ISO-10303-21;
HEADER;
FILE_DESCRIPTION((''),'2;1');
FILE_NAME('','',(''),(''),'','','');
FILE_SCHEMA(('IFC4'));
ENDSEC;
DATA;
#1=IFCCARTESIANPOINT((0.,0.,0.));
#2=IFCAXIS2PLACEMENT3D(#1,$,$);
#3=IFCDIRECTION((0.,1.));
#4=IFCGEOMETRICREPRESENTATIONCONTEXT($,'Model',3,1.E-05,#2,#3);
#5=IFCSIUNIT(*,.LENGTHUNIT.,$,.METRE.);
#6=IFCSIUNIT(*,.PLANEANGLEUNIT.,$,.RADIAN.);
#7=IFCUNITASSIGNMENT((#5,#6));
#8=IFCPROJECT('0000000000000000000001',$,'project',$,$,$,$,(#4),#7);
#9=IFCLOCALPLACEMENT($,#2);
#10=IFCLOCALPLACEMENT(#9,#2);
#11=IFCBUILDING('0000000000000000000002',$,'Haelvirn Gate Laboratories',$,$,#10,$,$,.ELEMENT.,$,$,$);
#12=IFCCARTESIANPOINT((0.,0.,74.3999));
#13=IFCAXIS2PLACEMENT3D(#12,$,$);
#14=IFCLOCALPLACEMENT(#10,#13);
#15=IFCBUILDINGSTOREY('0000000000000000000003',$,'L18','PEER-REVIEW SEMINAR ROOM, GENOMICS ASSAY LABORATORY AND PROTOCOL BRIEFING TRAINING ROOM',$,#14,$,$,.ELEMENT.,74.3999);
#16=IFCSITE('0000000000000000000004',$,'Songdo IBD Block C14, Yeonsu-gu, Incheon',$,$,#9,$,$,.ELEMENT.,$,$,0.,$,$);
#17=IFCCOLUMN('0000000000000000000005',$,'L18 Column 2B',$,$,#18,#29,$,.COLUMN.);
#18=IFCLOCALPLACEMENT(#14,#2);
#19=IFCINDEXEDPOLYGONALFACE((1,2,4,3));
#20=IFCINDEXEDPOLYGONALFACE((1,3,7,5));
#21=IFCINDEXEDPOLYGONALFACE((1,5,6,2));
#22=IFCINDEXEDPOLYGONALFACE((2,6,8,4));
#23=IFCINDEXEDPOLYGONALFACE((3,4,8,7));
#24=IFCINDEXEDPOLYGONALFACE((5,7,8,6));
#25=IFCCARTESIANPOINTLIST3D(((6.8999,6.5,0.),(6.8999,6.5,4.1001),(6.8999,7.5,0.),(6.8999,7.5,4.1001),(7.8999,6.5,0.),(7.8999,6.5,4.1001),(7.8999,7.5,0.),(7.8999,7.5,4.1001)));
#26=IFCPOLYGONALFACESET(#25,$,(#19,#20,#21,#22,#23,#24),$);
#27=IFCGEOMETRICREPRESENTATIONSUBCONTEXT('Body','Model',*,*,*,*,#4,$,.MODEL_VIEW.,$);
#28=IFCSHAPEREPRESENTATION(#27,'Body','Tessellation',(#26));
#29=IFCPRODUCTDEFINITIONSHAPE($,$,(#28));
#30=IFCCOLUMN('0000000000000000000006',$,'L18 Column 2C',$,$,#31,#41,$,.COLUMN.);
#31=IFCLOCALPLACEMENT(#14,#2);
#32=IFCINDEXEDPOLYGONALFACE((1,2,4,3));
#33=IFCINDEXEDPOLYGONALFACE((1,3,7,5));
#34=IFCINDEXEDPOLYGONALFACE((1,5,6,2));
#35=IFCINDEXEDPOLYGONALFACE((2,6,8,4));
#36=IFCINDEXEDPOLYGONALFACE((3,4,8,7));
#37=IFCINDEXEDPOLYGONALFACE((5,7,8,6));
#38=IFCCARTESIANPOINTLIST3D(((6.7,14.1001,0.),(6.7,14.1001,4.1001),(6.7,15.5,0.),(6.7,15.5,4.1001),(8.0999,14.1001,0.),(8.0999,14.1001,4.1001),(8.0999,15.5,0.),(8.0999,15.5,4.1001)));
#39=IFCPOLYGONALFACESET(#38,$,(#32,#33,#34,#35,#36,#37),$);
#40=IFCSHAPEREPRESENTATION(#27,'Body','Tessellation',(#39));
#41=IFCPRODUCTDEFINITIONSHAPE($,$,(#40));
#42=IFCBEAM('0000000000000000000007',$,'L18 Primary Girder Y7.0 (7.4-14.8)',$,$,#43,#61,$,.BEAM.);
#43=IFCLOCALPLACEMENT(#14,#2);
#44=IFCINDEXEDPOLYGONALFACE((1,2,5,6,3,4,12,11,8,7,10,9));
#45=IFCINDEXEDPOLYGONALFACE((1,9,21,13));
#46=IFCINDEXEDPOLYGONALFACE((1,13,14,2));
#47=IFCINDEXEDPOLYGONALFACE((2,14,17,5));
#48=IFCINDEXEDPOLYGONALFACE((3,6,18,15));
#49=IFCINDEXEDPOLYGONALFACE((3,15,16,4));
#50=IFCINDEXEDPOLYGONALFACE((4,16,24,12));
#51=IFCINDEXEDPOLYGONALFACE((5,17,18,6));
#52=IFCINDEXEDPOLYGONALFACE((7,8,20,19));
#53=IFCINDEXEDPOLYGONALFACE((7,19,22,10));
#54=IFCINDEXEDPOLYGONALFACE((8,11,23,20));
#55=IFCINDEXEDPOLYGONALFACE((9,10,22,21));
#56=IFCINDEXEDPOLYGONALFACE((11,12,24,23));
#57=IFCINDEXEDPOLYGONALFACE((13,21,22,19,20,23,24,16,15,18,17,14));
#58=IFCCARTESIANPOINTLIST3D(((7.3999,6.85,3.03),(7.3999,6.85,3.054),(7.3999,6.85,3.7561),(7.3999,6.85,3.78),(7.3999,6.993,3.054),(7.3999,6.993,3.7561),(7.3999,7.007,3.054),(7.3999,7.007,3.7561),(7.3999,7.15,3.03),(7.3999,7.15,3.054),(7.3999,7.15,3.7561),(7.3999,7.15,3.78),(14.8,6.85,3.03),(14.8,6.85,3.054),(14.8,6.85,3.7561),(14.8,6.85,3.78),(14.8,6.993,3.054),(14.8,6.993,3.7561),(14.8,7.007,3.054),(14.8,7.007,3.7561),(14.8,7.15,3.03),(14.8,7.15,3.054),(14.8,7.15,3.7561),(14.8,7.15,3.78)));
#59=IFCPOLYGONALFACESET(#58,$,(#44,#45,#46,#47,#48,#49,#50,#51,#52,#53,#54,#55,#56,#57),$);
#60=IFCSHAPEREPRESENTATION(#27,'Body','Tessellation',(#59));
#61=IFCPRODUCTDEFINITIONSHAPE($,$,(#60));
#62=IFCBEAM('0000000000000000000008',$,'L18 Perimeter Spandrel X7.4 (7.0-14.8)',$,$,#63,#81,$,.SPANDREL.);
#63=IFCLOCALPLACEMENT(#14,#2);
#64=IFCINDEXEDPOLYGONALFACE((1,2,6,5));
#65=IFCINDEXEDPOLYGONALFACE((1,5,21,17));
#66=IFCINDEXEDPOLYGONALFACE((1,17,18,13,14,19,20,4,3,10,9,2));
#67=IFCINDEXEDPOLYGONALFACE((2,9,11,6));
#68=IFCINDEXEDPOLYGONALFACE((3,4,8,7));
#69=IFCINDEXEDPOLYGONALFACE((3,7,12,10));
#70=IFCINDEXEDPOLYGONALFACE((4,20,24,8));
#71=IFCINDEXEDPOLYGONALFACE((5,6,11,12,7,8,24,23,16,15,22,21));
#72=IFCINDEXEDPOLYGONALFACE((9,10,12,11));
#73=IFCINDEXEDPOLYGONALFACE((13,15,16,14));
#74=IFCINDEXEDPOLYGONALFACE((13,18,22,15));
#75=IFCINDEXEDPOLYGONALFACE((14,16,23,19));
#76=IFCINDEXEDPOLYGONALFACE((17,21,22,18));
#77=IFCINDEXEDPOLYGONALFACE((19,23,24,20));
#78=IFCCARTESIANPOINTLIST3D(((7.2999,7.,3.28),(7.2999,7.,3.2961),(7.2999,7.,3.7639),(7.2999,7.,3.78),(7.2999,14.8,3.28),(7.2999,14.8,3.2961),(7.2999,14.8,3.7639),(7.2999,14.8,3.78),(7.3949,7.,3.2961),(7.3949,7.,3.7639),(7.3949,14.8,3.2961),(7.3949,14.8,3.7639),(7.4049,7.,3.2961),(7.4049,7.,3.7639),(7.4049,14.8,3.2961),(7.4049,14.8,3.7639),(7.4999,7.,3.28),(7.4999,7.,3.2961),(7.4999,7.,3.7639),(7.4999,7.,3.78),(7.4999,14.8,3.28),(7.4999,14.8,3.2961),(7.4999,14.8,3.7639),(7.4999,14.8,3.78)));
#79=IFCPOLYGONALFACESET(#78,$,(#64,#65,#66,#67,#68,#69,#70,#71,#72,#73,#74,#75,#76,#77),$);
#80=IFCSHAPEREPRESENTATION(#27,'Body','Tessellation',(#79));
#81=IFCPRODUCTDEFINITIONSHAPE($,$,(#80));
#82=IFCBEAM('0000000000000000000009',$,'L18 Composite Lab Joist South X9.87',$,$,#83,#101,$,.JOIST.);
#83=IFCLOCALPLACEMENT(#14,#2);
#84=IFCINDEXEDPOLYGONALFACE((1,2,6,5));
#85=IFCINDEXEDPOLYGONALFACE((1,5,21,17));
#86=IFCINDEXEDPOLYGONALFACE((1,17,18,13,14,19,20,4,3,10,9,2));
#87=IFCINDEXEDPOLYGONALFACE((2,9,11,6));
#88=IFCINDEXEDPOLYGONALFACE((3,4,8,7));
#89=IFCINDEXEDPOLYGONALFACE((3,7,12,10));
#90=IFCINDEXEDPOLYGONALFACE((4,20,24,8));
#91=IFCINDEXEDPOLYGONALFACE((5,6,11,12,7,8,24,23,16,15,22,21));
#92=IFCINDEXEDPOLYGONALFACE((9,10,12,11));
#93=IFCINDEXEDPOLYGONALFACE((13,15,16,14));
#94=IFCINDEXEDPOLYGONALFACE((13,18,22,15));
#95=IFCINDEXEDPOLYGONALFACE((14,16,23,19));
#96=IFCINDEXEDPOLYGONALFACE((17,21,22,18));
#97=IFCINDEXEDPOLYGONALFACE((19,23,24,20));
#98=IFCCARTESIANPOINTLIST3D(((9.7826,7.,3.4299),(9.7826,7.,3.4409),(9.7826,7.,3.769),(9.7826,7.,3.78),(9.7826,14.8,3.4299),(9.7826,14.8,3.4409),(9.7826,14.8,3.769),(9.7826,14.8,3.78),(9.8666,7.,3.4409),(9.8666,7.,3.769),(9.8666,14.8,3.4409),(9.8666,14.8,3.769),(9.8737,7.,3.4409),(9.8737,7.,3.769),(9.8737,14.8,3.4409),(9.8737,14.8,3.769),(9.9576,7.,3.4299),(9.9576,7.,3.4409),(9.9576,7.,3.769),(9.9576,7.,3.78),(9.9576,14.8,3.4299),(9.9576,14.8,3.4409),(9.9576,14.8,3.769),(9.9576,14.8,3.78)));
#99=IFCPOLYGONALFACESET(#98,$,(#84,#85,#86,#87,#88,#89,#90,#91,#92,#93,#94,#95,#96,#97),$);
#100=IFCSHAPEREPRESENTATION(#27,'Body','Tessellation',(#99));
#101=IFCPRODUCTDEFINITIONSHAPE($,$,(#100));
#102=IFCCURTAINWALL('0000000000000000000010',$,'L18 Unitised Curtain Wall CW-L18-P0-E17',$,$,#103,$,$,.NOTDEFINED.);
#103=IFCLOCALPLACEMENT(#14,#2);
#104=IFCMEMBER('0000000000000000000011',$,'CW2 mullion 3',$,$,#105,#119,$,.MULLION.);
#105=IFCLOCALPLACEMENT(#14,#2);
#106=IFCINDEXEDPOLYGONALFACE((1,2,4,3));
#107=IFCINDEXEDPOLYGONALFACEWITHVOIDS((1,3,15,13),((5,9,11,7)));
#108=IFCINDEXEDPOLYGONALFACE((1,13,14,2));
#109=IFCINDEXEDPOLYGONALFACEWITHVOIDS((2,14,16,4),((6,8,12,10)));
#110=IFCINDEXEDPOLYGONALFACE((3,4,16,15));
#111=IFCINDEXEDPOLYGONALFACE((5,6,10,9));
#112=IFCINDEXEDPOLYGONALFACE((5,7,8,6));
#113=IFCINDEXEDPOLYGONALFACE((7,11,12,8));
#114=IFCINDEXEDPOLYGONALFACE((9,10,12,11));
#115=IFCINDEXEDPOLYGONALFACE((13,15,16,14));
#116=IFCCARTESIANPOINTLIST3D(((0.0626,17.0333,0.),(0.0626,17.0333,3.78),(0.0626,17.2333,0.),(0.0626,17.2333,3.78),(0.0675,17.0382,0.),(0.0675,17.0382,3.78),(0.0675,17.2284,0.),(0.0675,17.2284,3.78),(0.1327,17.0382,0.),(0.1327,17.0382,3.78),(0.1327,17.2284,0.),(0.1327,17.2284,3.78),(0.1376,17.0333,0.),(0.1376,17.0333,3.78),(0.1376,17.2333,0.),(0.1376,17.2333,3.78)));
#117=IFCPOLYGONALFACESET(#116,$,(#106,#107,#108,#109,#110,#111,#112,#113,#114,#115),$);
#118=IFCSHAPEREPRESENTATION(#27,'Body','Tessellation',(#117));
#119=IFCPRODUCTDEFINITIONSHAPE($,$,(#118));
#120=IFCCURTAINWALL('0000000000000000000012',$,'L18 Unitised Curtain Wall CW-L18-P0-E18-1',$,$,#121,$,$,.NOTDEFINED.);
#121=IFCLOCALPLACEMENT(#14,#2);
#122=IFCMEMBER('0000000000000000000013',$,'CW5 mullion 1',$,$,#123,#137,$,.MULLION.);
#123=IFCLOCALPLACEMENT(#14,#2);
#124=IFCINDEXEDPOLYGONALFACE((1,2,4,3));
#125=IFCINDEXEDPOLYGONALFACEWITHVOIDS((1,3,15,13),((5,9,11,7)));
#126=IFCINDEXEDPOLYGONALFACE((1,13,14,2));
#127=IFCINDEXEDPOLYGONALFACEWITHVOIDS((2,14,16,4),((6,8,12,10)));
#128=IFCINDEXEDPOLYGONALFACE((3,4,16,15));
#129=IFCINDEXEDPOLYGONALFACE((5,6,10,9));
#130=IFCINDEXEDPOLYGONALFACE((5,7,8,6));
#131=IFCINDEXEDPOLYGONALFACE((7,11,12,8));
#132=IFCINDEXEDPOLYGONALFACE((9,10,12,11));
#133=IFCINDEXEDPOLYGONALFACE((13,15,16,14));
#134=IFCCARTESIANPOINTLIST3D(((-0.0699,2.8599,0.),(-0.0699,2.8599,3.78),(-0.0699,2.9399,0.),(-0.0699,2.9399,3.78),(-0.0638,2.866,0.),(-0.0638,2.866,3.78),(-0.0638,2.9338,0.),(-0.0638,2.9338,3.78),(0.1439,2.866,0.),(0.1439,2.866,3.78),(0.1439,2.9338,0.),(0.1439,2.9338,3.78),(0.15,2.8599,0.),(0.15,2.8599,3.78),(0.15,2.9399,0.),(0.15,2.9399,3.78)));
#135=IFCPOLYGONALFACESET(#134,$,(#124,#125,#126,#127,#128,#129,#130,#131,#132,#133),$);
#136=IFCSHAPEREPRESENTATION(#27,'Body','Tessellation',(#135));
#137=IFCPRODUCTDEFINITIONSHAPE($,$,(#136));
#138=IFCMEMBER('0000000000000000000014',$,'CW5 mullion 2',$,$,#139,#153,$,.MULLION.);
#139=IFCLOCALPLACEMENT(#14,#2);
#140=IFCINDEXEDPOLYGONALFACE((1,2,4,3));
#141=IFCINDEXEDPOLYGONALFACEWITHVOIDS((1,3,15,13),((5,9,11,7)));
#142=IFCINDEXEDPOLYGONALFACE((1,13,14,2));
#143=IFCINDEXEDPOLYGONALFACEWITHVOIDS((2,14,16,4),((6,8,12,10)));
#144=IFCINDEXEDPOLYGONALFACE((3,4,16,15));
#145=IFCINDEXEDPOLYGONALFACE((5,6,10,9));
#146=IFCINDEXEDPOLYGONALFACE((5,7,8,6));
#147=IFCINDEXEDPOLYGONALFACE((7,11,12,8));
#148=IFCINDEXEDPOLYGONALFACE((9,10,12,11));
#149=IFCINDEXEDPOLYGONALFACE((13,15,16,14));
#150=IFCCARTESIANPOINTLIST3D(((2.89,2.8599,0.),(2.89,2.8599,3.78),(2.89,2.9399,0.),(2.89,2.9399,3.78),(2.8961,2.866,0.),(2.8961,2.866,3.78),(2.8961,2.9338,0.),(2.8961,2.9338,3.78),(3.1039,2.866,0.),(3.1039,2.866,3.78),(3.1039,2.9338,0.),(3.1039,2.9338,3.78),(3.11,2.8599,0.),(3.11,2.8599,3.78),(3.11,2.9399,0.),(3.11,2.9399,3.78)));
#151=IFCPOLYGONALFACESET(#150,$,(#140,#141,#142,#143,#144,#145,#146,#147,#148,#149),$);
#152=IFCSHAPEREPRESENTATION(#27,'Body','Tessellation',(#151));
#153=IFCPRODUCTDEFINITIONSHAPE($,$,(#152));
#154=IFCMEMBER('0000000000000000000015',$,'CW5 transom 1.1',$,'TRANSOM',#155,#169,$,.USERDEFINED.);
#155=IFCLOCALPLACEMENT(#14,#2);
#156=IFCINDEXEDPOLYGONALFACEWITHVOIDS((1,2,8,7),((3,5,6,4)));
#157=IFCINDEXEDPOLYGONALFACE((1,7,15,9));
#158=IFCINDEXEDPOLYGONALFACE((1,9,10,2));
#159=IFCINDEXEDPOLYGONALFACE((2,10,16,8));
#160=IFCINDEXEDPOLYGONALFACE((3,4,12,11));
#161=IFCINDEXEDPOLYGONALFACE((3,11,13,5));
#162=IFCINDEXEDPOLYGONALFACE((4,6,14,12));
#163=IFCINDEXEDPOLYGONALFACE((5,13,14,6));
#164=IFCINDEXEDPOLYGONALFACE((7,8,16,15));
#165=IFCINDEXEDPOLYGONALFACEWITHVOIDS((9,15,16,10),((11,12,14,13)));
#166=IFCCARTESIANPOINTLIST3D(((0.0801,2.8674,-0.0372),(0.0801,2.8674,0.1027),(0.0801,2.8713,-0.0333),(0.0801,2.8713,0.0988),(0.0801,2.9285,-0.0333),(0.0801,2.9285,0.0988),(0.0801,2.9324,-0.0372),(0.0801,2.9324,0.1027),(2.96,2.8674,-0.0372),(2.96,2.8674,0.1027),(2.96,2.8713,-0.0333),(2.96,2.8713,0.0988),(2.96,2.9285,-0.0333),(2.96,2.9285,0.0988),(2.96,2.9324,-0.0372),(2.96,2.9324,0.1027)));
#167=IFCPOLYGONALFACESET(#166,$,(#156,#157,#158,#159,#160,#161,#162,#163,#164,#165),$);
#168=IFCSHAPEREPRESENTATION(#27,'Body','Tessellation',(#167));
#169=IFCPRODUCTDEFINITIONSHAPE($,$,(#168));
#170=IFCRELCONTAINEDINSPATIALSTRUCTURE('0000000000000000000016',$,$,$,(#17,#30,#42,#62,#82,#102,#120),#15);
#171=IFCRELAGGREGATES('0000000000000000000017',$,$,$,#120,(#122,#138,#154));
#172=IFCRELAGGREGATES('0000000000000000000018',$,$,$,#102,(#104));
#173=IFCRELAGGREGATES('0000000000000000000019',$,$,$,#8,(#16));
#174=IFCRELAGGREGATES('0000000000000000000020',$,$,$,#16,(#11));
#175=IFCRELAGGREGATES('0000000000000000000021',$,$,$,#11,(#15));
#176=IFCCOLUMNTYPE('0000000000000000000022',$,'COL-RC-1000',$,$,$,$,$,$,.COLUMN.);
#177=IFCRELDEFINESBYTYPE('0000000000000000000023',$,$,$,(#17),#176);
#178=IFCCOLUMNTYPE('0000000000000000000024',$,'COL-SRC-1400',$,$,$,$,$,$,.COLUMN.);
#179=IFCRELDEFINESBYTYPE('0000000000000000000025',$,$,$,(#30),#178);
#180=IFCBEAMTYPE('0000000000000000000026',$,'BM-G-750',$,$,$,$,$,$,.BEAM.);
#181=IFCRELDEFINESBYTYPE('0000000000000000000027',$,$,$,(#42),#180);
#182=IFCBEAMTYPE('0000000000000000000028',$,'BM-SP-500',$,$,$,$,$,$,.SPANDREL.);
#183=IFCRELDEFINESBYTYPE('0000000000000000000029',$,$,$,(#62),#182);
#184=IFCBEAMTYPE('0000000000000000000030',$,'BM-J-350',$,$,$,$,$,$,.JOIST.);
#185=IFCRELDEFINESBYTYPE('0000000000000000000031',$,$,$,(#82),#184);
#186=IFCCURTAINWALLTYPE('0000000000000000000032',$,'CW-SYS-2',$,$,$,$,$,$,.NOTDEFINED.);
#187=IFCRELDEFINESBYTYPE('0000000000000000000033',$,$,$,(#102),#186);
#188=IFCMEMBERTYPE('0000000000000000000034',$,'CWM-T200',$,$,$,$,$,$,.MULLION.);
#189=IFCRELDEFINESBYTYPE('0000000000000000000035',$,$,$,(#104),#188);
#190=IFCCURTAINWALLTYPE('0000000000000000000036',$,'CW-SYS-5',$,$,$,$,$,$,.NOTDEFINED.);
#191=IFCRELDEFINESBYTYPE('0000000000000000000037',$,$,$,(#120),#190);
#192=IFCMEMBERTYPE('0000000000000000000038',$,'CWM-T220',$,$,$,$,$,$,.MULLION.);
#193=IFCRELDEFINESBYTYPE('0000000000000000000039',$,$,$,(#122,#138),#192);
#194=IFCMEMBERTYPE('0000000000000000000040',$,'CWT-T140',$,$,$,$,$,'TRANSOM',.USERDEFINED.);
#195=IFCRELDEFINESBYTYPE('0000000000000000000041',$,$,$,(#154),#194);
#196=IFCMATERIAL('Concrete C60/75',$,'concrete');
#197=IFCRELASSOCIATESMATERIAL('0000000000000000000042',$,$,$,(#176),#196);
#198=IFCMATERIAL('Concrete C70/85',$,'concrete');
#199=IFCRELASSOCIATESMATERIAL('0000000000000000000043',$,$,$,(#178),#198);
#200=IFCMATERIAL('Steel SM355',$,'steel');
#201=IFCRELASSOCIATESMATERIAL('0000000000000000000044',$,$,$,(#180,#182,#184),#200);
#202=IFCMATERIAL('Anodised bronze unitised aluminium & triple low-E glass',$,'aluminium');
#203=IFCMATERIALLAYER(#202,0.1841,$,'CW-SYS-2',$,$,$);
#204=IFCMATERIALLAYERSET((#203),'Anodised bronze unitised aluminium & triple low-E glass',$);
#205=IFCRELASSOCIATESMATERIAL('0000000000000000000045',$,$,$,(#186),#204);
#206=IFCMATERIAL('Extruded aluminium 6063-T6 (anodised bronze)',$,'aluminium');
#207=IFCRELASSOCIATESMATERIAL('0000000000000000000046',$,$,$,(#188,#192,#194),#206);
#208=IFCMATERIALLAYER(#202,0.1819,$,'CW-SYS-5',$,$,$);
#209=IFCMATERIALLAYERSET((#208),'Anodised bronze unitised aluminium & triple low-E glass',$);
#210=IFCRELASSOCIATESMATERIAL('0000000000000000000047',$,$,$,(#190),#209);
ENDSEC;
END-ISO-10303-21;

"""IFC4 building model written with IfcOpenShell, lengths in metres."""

from ifc_helpers import new_model, si_unit, direction, frame, origin, origin_2d, place, context, subcontext, project, spatial, rectangle, hollow_rectangle, i_section, extrude, source, transform, mapped, material, layer, layer_set, material_profile, profile_set, type_object, type_shapes, element, aggregate, save


model = new_model("IFC4")

# Units and contexts
model_context = context("Model", 3, precision=1e-05, world=origin(), true_north=direction((0.0, 1.0)))
body_context = subcontext(model_context, "Body", "Model", "MODEL_VIEW")
ifc_project = project(units=[si_unit("LENGTHUNIT", "METRE"), si_unit("PLANEANGLEUNIT", "RADIAN")], contexts=[model_context])

# Site, building, storey
site_placement = place(None, origin())
site = spatial("IfcSite", under=ifc_project, at=site_placement, Name="Songdo IBD Block C14, Yeonsu-gu, Incheon", CompositionType="ELEMENT", RefElevation=0.0)
building_placement = place(site_placement, origin())
building = spatial("IfcBuilding", under=site, at=building_placement, Name="Haelvirn Gate Laboratories", CompositionType="ELEMENT")
storey_placement = place(building_placement, frame((0.0, 0.0, 74.3999)))
storey = spatial("IfcBuildingStorey", under=building, at=storey_placement, Name="L18", Description="PEER-REVIEW SEMINAR ROOM, GENOMICS ASSAY LABORATORY AND PROTOCOL BRIEFING TRAINING ROOM", CompositionType="ELEMENT", Elevation=74.3999)

# Columns
ifc_material_1 = material(Name="Concrete C60/75", Category="concrete")
ifc_material_profile_1 = material_profile(ifc_material_1, rectangle(XDim=1.0, YDim=1.0, at=origin_2d()), Name="RC-1000x1000")
ifc_profile_set_1 = profile_set([ifc_material_profile_1], Name="Concrete C60/75")
column_type_1 = type_object("IfcColumnType", Name="COL-RC-1000", PredefinedType="COLUMN", material=ifc_profile_set_1)
shared_shape_1 = source(origin(), body_context, "Body", "SweptSolid", [
    extrude(rectangle(XDim=1.0, YDim=1.0, at=origin_2d()), origin(), (0.0, 0.0, 1.0), 4.1001),
])
type_shapes(column_type_1, [shared_shape_1])
column_1_placement = place(storey_placement, frame((7.3999, 7.0, 0.0), z_axis=(0.0, 0.0, 1.0), x_axis=(1.0, 0.0, 0.0)))
element("IfcColumn", 1, at=column_1_placement, inside=storey, type_object=column_type_1, Name="L18 Column 2B", PredefinedType="COLUMN", context=body_context, shape_type="MappedRepresentation", body=[
    mapped(shared_shape_1, transform((0.0, 0.0, 0.0), scale=1.0)),
])
ifc_material_2 = material(Name="Concrete C70/85", Category="concrete")
ifc_material_profile_2 = material_profile(ifc_material_2, rectangle(XDim=1.3999, YDim=1.3999, at=origin_2d()), Name="SRC-1400x1400")
ifc_profile_set_2 = profile_set([ifc_material_profile_2], Name="Concrete C70/85")
column_type_2 = type_object("IfcColumnType", Name="COL-SRC-1400", PredefinedType="COLUMN", material=ifc_profile_set_2)
shared_shape_2 = source(origin(), body_context, "Body", "SweptSolid", [
    extrude(rectangle(XDim=1.3999, YDim=1.3999, at=origin_2d()), origin(), (0.0, 0.0, 1.0), 4.1001),
])
type_shapes(column_type_2, [shared_shape_2])
column_2_placement = place(storey_placement, frame((7.3999, 14.8, 0.0), z_axis=(0.0, 0.0, 1.0), x_axis=(1.0, 0.0, 0.0)))
element("IfcColumn", 2, at=column_2_placement, inside=storey, type_object=column_type_2, Name="L18 Column 2C", PredefinedType="COLUMN", context=body_context, shape_type="MappedRepresentation", body=[
    mapped(shared_shape_2, transform((0.0, 0.0, 0.0), scale=1.0)),
])

# Beams
ifc_material_3 = material(Name="Steel SM355", Category="steel")
ifc_material_profile_3 = material_profile(ifc_material_3, i_section(OverallWidth=0.3, OverallDepth=0.75, WebThickness=0.0139, FlangeThickness=0.0239, at=origin_2d()), Name="H-750x300x14x24")
ifc_profile_set_3 = profile_set([ifc_material_profile_3], Name="Steel SM355")
beam_type_1 = type_object("IfcBeamType", Name="BM-G-750", PredefinedType="BEAM", material=ifc_profile_set_3)
shared_shape_3 = source(origin(), body_context, "Body", "SweptSolid", [
    extrude(i_section(OverallWidth=0.3, OverallDepth=0.75, WebThickness=0.0139, FlangeThickness=0.0239, at=origin_2d()), origin(), (0.0, 0.0, 1.0), 7.4001),
])
type_shapes(beam_type_1, [shared_shape_3])
beam_1_placement = place(storey_placement, frame((7.3999, 7.0, 3.405), z_axis=(1.0, 0.0, 0.0), x_axis=(0.0, 1.0, 0.0)))
element("IfcBeam", 3, at=beam_1_placement, inside=storey, type_object=beam_type_1, Name="L18 Primary Girder Y7.0 (7.4-14.8)", PredefinedType="BEAM", context=body_context, shape_type="MappedRepresentation", body=[
    mapped(shared_shape_3, transform((0.0, 0.0, 0.0), scale=1.0)),
])
ifc_material_profile_4 = material_profile(ifc_material_3, i_section(OverallWidth=0.2, OverallDepth=0.5, WebThickness=0.01, FlangeThickness=0.0161, at=origin_2d()), Name="H-500x200x10x16")
ifc_profile_set_4 = profile_set([ifc_material_profile_4], Name="Steel SM355")
beam_type_2 = type_object("IfcBeamType", Name="BM-SP-500", PredefinedType="SPANDREL", material=ifc_profile_set_4)
shared_shape_4 = source(origin(), body_context, "Body", "SweptSolid", [
    extrude(i_section(OverallWidth=0.2, OverallDepth=0.5, WebThickness=0.01, FlangeThickness=0.0161, at=origin_2d()), origin(), (0.0, 0.0, 1.0), 7.8),
])
type_shapes(beam_type_2, [shared_shape_4])
beam_2_placement = place(storey_placement, frame((7.3999, 7.0, 3.53), z_axis=(0.0, 1.0, 0.0), x_axis=(-1.0, 0.0, 0.0)))
element("IfcBeam", 4, at=beam_2_placement, inside=storey, type_object=beam_type_2, Name="L18 Perimeter Spandrel X7.4 (7.0-14.8)", PredefinedType="SPANDREL", context=body_context, shape_type="MappedRepresentation", body=[
    mapped(shared_shape_4, transform((0.0, 0.0, 0.0), scale=1.0)),
])
ifc_material_profile_5 = material_profile(ifc_material_3, i_section(OverallWidth=0.175, OverallDepth=0.3501, WebThickness=0.0071, FlangeThickness=0.011, at=origin_2d()), Name="H-350x175x7x11")
ifc_profile_set_5 = profile_set([ifc_material_profile_5], Name="Steel SM355")
beam_type_3 = type_object("IfcBeamType", Name="BM-J-350", PredefinedType="JOIST", material=ifc_profile_set_5)
shared_shape_5 = source(origin(), body_context, "Body", "SweptSolid", [
    extrude(i_section(OverallWidth=0.175, OverallDepth=0.3501, WebThickness=0.0071, FlangeThickness=0.011, at=origin_2d()), origin(), (0.0, 0.0, 1.0), 7.8),
])
type_shapes(beam_type_3, [shared_shape_5])
beam_3_placement = place(storey_placement, frame((9.8701, 7.0, 3.605), z_axis=(0.0, 1.0, 0.0), x_axis=(-1.0, 0.0, 0.0)))
element("IfcBeam", 5, at=beam_3_placement, inside=storey, type_object=beam_type_3, Name="L18 Composite Lab Joist South X9.87", PredefinedType="JOIST", context=body_context, shape_type="MappedRepresentation", body=[
    mapped(shared_shape_5, transform((0.0, 0.0, 0.0), scale=1.0)),
])

# Curtain wall, member
ifc_material_4 = material(Name="Anodised bronze unitised aluminium & triple low-E glass", Category="aluminium")
ifc_layer_1 = layer(ifc_material_4, 0.1841, Name="CW-SYS-2")
ifc_layer_set_1 = layer_set([ifc_layer_1], Name="Anodised bronze unitised aluminium & triple low-E glass")
curtain_wall_type_1 = type_object("IfcCurtainWallType", Name="CW-SYS-2", PredefinedType="NOTDEFINED", material=ifc_layer_set_1)
curtain_wall_1_placement = place(storey_placement, origin())
curtain_wall_1 = element("IfcCurtainWall", 6, at=curtain_wall_1_placement, inside=storey, type_object=curtain_wall_type_1, Name="L18 Unitised Curtain Wall CW-L18-P0-E17", PredefinedType="NOTDEFINED")
ifc_material_5 = material(Name="Extruded aluminium 6063-T6 (anodised bronze)", Category="aluminium")
ifc_material_profile_6 = material_profile(ifc_material_5, hollow_rectangle(XDim=0.075, YDim=0.2, WallThickness=0.0049, at=origin_2d()), Name="CWM-200x75x5")
ifc_profile_set_6 = profile_set([ifc_material_profile_6], Name="Extruded aluminium 6063-T6 (anodised bronze)")
member_type_1 = type_object("IfcMemberType", Name="CWM-T200", PredefinedType="MULLION", material=ifc_profile_set_6)
shared_shape_6 = source(origin(), body_context, "Body", "SweptSolid", [
    extrude(hollow_rectangle(XDim=0.075, YDim=0.2, WallThickness=0.0049, at=origin_2d()), origin(), (0.0, 0.0, 1.0), 3.78),
])
type_shapes(member_type_1, [shared_shape_6])
member_1_placement = place(storey_placement, frame((0.1001, 17.1333, 0.0), z_axis=(0.0, 0.0, 1.0), x_axis=(1.0, 0.0, 0.0)))
member_1 = element("IfcMember", 7, at=member_1_placement, type_object=member_type_1, Name="CW2 mullion 3", PredefinedType="MULLION", context=body_context, shape_type="MappedRepresentation", body=[
    mapped(shared_shape_6, transform((0.0, 0.0, 0.0), scale=1.0)),
])

# Curtain wall, members
ifc_layer_2 = layer(ifc_material_4, 0.1819, Name="CW-SYS-5")
ifc_layer_set_2 = layer_set([ifc_layer_2], Name="Anodised bronze unitised aluminium & triple low-E glass")
curtain_wall_type_2 = type_object("IfcCurtainWallType", Name="CW-SYS-5", PredefinedType="NOTDEFINED", material=ifc_layer_set_2)
curtain_wall_2_placement = place(storey_placement, origin())
curtain_wall_2 = element("IfcCurtainWall", 8, at=curtain_wall_2_placement, inside=storey, type_object=curtain_wall_type_2, Name="L18 Unitised Curtain Wall CW-L18-P0-E18-1", PredefinedType="NOTDEFINED")
ifc_material_profile_7 = material_profile(ifc_material_5, hollow_rectangle(XDim=0.0801, YDim=0.22, WallThickness=0.0061, at=origin_2d()), Name="CWM-220x80x6")
ifc_profile_set_7 = profile_set([ifc_material_profile_7], Name="Extruded aluminium 6063-T6 (anodised bronze)")
member_type_2 = type_object("IfcMemberType", Name="CWM-T220", PredefinedType="MULLION", material=ifc_profile_set_7)
shared_shape_7 = source(origin(), body_context, "Body", "SweptSolid", [
    extrude(hollow_rectangle(XDim=0.0801, YDim=0.22, WallThickness=0.0061, at=origin_2d()), origin(), (0.0, 0.0, 1.0), 3.78),
])
type_shapes(member_type_2, [shared_shape_7])
member_2_placement = place(storey_placement, frame((0.04, 2.8999, 0.0), z_axis=(0.0, 0.0, 1.0), x_axis=(0.0, 1.0, 0.0)))
member_2 = element("IfcMember", 9, at=member_2_placement, type_object=member_type_2, Name="CW5 mullion 1", PredefinedType="MULLION", context=body_context, shape_type="MappedRepresentation", body=[
    mapped(shared_shape_7, transform((0.0, 0.0, 0.0), scale=1.0)),
])
member_3_placement = place(storey_placement, frame((3.0, 2.8999, 0.0), z_axis=(0.0, 0.0, 1.0), x_axis=(0.0, 1.0, 0.0)))
member_3 = element("IfcMember", 10, at=member_3_placement, type_object=member_type_2, Name="CW5 mullion 2", PredefinedType="MULLION", context=body_context, shape_type="MappedRepresentation", body=[
    mapped(shared_shape_7, transform((0.0, 0.0, 0.0), scale=1.0)),
])
ifc_material_profile_8 = material_profile(ifc_material_5, hollow_rectangle(XDim=0.0649, YDim=0.1399, WallThickness=0.0039, at=origin_2d()), Name="CWT-140x65x4")
ifc_profile_set_8 = profile_set([ifc_material_profile_8], Name="Extruded aluminium 6063-T6 (anodised bronze)")
member_type_3 = type_object("IfcMemberType", Name="CWT-T140", ElementType="TRANSOM", PredefinedType="USERDEFINED", material=ifc_profile_set_8)
shared_shape_8 = source(origin(), body_context, "Body", "SweptSolid", [
    extrude(hollow_rectangle(XDim=0.0649, YDim=0.1399, WallThickness=0.0039, at=origin_2d()), origin(), (0.0, 0.0, 1.0), 2.8799),
])
type_shapes(member_type_3, [shared_shape_8])
member_4_placement = place(storey_placement, frame((0.0801, 2.8999, 0.0327), z_axis=(1.0, 0.0, 0.0), x_axis=(0.0, 1.0, 0.0)))
member_4 = element("IfcMember", 11, at=member_4_placement, type_object=member_type_3, Name="CW5 transom 1.1", ObjectType="TRANSOM", PredefinedType="USERDEFINED", context=body_context, shape_type="MappedRepresentation", body=[
    mapped(shared_shape_8, transform((0.0, 0.0, 0.0), scale=1.0)),
])

aggregate(curtain_wall_2, [member_2, member_3, member_4])
aggregate(curtain_wall_1, [member_1])

save(model, "model.ifc")
